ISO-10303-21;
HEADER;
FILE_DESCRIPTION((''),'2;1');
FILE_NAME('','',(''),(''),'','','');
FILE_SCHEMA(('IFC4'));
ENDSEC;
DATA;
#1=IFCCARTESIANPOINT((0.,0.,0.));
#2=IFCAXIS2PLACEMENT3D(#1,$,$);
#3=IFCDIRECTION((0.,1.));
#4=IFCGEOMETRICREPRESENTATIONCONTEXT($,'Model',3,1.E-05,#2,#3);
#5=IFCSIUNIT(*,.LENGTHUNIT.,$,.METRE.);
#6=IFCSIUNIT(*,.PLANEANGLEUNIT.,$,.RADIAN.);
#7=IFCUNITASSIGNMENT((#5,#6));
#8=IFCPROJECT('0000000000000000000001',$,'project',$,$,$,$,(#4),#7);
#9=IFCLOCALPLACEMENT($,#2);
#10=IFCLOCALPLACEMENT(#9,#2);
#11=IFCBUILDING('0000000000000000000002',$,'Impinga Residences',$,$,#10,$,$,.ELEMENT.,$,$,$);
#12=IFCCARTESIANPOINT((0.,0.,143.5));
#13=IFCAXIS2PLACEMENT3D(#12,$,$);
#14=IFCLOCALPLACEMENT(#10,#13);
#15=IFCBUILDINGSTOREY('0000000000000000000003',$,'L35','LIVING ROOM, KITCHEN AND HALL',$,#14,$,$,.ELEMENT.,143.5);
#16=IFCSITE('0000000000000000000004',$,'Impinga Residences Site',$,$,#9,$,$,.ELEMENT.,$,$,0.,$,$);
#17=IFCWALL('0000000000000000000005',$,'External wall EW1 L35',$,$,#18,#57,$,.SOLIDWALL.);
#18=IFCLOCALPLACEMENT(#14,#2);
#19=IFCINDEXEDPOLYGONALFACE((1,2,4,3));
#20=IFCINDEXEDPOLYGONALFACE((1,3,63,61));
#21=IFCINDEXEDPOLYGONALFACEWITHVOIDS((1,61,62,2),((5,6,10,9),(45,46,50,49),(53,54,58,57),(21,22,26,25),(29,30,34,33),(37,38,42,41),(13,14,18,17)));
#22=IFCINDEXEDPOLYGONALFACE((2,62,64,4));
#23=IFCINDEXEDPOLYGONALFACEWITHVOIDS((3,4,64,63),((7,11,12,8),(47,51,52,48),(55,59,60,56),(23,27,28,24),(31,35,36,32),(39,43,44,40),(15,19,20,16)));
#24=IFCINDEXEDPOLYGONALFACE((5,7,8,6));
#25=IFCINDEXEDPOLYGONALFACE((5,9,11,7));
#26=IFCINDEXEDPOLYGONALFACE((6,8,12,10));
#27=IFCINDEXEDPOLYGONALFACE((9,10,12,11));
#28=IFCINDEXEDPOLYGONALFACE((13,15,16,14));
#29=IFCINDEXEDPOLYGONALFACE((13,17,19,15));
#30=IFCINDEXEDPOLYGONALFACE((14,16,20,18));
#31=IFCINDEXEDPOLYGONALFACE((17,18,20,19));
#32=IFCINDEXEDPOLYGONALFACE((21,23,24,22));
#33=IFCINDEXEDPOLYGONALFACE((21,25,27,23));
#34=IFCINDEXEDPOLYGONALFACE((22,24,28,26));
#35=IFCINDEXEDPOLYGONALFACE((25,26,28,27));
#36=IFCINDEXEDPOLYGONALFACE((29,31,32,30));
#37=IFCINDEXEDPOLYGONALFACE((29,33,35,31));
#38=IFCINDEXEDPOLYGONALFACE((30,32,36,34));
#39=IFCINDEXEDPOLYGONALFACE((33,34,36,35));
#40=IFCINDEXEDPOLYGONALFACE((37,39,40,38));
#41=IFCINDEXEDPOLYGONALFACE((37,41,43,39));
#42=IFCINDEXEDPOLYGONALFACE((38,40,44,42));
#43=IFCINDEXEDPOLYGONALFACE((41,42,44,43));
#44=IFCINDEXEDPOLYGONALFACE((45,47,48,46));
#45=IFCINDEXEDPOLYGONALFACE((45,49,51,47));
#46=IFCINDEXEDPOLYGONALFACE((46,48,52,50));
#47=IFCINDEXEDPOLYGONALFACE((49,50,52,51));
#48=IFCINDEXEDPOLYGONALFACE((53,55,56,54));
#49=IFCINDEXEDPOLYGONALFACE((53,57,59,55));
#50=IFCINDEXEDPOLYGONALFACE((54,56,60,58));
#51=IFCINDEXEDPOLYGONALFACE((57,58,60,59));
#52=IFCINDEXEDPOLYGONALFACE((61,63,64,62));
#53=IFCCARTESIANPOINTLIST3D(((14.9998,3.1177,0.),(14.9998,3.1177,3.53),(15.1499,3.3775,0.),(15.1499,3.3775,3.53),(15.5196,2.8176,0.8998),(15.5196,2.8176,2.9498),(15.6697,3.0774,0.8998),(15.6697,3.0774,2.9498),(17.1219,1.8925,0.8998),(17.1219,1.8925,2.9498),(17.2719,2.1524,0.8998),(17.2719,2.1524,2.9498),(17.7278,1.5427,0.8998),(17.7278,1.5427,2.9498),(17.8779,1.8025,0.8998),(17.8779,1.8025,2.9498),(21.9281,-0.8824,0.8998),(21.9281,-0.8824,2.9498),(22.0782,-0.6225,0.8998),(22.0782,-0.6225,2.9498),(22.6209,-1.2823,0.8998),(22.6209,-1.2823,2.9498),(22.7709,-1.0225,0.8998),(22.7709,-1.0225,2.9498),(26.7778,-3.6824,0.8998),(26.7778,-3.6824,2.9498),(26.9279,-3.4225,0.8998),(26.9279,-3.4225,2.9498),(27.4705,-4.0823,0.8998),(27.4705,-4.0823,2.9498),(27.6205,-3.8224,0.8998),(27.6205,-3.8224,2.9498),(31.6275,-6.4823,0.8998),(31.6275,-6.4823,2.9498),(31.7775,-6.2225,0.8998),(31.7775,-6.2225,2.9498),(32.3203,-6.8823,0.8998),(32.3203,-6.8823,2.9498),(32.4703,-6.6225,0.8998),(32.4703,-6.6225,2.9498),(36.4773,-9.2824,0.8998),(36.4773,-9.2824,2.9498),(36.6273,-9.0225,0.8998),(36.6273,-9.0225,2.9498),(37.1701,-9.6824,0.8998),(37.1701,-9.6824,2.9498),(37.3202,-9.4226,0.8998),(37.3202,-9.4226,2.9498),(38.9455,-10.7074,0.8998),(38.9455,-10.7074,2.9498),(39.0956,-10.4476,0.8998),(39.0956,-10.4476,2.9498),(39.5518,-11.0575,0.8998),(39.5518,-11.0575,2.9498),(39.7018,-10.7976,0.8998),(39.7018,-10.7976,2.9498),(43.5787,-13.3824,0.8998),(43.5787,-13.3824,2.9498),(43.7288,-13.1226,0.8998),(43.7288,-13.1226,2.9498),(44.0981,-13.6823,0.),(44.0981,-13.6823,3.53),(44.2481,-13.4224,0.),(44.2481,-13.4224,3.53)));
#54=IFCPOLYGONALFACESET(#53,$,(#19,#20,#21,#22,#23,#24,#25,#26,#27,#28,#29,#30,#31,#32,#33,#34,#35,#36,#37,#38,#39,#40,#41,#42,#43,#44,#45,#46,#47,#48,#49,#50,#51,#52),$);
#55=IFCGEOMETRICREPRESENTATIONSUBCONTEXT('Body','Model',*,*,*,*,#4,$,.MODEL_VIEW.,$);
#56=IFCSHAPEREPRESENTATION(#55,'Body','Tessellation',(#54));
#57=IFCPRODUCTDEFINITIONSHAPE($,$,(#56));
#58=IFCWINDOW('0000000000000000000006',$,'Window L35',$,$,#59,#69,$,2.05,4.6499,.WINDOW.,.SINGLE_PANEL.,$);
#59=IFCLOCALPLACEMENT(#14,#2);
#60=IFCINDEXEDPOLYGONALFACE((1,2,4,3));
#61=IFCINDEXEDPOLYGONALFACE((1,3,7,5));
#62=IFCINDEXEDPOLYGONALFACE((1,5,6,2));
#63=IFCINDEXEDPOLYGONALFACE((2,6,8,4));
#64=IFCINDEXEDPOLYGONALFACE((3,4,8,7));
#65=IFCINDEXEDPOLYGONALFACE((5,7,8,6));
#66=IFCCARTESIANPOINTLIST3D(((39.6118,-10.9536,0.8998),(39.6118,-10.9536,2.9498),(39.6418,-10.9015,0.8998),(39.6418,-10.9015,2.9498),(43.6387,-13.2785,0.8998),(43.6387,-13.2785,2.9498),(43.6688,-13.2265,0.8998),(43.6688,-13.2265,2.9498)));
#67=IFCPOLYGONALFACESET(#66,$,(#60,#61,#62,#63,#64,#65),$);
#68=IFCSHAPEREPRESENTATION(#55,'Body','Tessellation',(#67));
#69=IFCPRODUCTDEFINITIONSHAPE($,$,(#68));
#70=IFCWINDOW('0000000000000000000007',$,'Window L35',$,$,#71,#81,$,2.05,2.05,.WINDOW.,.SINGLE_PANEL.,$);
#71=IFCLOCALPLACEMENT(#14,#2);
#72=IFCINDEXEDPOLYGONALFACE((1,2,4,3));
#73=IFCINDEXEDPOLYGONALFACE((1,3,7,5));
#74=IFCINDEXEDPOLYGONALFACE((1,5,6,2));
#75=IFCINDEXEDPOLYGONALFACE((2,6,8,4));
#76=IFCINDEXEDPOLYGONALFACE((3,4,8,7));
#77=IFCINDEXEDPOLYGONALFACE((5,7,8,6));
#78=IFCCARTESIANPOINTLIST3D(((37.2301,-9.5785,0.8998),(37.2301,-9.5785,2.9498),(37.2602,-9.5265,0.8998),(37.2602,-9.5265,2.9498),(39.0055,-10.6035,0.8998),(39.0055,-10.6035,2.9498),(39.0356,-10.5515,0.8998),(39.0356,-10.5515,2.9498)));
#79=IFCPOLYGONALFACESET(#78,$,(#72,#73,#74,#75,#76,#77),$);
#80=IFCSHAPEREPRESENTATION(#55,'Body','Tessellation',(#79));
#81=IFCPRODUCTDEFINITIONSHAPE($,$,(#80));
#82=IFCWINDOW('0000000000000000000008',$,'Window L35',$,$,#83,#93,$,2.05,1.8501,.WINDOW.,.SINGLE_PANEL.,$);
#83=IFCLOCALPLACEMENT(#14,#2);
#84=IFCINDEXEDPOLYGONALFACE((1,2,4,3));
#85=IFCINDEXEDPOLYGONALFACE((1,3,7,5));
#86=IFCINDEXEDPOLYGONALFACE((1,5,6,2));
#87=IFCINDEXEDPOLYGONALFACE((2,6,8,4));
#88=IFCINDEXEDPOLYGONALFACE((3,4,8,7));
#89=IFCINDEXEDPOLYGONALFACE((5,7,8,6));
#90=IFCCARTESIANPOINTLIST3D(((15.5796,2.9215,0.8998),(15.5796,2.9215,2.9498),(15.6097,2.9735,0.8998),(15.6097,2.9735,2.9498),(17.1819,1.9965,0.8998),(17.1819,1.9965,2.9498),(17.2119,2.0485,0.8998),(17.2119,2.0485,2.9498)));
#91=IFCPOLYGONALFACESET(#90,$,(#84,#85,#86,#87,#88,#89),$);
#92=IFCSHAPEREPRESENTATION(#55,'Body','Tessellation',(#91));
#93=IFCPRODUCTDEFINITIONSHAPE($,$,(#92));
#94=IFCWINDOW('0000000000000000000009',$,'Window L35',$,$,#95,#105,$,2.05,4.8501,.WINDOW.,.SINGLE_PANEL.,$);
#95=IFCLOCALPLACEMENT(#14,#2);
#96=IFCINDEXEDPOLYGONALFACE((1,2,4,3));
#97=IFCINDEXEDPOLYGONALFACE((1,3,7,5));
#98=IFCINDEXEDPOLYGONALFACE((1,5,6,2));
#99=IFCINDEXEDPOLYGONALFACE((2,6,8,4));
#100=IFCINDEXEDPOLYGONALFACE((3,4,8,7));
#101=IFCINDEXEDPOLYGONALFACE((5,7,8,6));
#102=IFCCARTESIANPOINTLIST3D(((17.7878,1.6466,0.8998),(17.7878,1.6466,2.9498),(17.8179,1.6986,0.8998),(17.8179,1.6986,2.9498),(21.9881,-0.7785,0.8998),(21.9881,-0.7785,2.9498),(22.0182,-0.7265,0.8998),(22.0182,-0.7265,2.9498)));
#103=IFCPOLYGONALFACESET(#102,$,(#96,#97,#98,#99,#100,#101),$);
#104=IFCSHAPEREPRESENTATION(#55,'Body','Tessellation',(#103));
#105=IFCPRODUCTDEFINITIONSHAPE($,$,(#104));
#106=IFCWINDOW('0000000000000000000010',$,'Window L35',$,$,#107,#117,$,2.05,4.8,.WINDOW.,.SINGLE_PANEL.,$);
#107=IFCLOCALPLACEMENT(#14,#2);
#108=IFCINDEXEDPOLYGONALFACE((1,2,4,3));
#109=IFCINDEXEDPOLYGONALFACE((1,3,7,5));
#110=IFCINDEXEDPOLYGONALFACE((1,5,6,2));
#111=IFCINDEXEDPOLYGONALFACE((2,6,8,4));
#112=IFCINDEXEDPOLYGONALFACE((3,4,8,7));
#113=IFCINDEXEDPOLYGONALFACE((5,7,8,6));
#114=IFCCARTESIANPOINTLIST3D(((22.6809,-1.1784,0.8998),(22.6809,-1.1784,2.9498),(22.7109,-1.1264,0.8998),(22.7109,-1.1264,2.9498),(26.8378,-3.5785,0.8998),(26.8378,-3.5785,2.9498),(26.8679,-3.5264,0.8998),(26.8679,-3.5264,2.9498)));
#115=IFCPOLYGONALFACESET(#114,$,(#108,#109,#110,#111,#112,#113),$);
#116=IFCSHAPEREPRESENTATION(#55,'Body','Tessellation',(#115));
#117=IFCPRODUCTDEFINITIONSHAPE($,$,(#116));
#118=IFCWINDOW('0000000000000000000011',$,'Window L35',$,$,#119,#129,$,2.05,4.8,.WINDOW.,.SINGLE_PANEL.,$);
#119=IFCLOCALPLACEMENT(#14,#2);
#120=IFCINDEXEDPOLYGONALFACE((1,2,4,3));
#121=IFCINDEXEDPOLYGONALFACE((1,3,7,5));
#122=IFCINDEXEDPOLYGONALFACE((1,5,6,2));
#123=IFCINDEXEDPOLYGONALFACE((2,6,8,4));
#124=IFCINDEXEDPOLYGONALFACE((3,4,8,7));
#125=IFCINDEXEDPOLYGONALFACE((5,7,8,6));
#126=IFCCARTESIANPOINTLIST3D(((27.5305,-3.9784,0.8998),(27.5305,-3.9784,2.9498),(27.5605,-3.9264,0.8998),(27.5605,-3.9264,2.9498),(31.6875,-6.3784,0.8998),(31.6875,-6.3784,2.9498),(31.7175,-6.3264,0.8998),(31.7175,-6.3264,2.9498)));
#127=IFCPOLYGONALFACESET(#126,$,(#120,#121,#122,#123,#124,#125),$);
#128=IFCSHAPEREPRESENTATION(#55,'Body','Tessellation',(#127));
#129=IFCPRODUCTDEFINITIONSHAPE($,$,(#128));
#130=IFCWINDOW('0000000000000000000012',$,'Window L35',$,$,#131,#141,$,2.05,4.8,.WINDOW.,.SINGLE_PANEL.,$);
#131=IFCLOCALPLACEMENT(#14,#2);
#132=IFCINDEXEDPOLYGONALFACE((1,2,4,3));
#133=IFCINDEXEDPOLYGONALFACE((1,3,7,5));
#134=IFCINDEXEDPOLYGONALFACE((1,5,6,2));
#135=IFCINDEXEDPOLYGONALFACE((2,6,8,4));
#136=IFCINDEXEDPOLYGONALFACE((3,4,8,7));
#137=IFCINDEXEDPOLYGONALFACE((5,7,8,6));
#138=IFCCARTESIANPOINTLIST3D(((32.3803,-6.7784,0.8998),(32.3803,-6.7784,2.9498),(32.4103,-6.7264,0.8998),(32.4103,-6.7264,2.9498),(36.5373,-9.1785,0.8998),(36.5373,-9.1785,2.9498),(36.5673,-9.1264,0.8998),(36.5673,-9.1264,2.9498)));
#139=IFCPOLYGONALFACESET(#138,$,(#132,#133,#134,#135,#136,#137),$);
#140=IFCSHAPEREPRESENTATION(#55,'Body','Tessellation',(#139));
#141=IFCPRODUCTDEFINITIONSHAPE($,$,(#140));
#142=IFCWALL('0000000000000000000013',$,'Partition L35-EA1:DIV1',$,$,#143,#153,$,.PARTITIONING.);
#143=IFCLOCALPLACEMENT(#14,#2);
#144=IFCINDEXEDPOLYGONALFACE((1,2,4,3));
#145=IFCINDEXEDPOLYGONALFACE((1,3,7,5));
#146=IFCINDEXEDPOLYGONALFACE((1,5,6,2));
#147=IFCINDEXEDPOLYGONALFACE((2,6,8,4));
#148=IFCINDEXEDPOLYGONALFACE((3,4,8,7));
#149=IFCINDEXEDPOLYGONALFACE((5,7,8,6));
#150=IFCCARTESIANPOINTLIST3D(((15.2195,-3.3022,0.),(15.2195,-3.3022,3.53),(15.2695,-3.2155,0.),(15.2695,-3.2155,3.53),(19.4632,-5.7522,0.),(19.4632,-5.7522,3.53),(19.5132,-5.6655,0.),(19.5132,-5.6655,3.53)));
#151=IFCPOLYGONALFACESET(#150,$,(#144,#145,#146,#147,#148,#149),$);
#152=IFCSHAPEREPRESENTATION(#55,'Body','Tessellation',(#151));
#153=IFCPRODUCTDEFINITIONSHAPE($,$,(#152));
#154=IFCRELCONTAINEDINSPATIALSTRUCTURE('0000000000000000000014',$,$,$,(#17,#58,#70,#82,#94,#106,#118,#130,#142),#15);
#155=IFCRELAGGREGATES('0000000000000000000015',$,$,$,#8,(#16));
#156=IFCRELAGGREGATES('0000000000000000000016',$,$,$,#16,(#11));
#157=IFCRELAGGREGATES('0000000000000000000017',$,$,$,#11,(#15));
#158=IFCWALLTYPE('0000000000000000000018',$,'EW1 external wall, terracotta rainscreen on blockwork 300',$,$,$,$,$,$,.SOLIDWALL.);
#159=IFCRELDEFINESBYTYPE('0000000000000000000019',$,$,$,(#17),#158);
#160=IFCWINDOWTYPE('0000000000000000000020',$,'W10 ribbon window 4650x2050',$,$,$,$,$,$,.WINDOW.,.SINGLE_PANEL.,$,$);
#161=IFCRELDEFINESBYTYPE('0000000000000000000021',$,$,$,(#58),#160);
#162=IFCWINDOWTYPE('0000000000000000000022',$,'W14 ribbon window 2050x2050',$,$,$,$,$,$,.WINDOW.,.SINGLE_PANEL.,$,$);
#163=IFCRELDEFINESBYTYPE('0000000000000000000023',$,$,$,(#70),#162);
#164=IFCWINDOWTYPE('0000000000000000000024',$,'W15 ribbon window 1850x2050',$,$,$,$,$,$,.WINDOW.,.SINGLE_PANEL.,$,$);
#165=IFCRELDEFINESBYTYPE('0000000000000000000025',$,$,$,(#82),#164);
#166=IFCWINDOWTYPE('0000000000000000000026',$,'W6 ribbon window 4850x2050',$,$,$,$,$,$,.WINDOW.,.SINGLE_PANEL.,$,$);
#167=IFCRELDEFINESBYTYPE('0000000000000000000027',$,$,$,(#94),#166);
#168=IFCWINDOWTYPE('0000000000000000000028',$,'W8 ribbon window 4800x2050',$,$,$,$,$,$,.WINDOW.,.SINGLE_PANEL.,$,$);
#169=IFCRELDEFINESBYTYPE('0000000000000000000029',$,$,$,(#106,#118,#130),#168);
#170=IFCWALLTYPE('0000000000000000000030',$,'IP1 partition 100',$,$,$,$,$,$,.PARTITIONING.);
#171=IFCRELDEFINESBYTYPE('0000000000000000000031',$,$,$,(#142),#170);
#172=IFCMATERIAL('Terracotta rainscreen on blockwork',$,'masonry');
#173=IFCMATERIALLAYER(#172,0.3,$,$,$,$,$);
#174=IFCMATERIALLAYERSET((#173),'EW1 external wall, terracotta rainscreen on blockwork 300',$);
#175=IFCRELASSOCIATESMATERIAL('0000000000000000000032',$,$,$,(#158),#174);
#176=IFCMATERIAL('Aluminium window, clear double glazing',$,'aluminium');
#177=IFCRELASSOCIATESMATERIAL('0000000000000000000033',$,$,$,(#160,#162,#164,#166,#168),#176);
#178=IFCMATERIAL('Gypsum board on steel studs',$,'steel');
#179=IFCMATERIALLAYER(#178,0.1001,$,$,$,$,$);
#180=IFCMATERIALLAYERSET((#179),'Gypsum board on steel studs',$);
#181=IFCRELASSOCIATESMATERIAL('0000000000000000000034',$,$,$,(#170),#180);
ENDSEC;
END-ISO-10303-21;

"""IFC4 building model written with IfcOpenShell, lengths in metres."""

from ifc_helpers import new_model, si_unit, direction, frame, frame_2d, origin, place, context, subcontext, project, spatial, rectangle, extrude, material, layer, layer_set, type_object, element, fill, save


model = new_model("IFC4")

# Units and contexts
model_context = context("Model", 3, precision=1e-05, world=origin(), true_north=direction((0.0, 1.0)))
body_context = subcontext(model_context, "Body", "Model", "MODEL_VIEW")
ifc_project = project(units=[si_unit("LENGTHUNIT", "METRE"), si_unit("PLANEANGLEUNIT", "RADIAN")], contexts=[model_context])

# Site, building, storey
site_placement = place(None, origin())
site = spatial("IfcSite", under=ifc_project, at=site_placement, Name="Impinga Residences Site", CompositionType="ELEMENT", RefElevation=0.0)
building_placement = place(site_placement, origin())
building = spatial("IfcBuilding", under=site, at=building_placement, Name="Impinga Residences", CompositionType="ELEMENT")
storey_placement = place(building_placement, frame((0.0, 0.0, 143.5)))
storey = spatial("IfcBuildingStorey", under=building, at=storey_placement, Name="L35", Description="LIVING ROOM, KITCHEN AND HALL", CompositionType="ELEMENT", Elevation=143.5)

# Shared definitions
ifc_material_1 = material(Name="Terracotta rainscreen on blockwork", Category="masonry")
ifc_layer_1 = layer(ifc_material_1, 0.3)
ifc_layer_set_1 = layer_set([ifc_layer_1], Name="EW1 external wall, terracotta rainscreen on blockwork 300")
wall_type_1 = type_object("IfcWallType", Name="EW1 external wall, terracotta rainscreen on blockwork 300", PredefinedType="SOLIDWALL", material=ifc_layer_set_1)

# Wall, openings, windows
wall_1_placement = place(storey_placement, frame((15.075, 3.2476, 0.0), z_axis=(0.0, 0.0, 1.0), x_axis=(0.866024, -0.500002, 0.0)))
wall_1 = element("IfcWall", 1, at=wall_1_placement, inside=storey, type_object=wall_type_1, Name="External wall EW1 L35", PredefinedType="SOLIDWALL", context=body_context, shape_type="SweptSolid", body=[
    extrude(rectangle(XDim=33.5999, YDim=0.3, at=frame_2d((16.7998, 0.0))), origin(), (0.0, 0.0, 1.0), 3.53),
])
opening_1_placement = place(wall_1_placement, frame((0.6001, 0.0, 0.8999)))
opening_1 = element("IfcOpeningElement", 2, at=opening_1_placement, cuts=wall_1, PredefinedType="OPENING", context=body_context, shape_type="SweptSolid", body=[
    extrude(rectangle(XDim=1.8501, YDim=2.05, at=frame_2d((0.925, 1.0249))), frame((0.0, 0.1599, 0.0), z_axis=(0.0, -1.0, 0.0), x_axis=(1.0, 0.0, 0.0)), (0.0, 0.0, 1.0), 0.3201),
])
opening_2_placement = place(wall_1_placement, frame((3.1499, 0.0, 0.8999)))
opening_2 = element("IfcOpeningElement", 3, at=opening_2_placement, cuts=wall_1, PredefinedType="OPENING", context=body_context, shape_type="SweptSolid", body=[
    extrude(rectangle(XDim=4.8501, YDim=2.05, at=frame_2d((2.425, 1.0249))), frame((0.0, 0.1599, 0.0), z_axis=(0.0, -1.0, 0.0), x_axis=(1.0, 0.0, 0.0)), (0.0, 0.0, 1.0), 0.3201),
])
opening_3_placement = place(wall_1_placement, frame((8.8, 0.0, 0.8999)))
opening_3 = element("IfcOpeningElement", 4, at=opening_3_placement, cuts=wall_1, PredefinedType="OPENING", context=body_context, shape_type="SweptSolid", body=[
    extrude(rectangle(XDim=4.8, YDim=2.05, at=frame_2d((2.3999, 1.0249))), frame((0.0, 0.1599, 0.0), z_axis=(0.0, -1.0, 0.0), x_axis=(1.0, 0.0, 0.0)), (0.0, 0.0, 1.0), 0.3201),
])
opening_4_placement = place(wall_1_placement, frame((14.3999, 0.0, 0.8999)))
opening_4 = element("IfcOpeningElement", 5, at=opening_4_placement, cuts=wall_1, PredefinedType="OPENING", context=body_context, shape_type="SweptSolid", body=[
    extrude(rectangle(XDim=4.8, YDim=2.05, at=frame_2d((2.3999, 1.0249))), frame((0.0, 0.1599, 0.0), z_axis=(0.0, -1.0, 0.0), x_axis=(1.0, 0.0, 0.0)), (0.0, 0.0, 1.0), 0.3201),
])
opening_5_placement = place(wall_1_placement, frame((20.0, 0.0, 0.8999)))
opening_5 = element("IfcOpeningElement", 6, at=opening_5_placement, cuts=wall_1, PredefinedType="OPENING", context=body_context, shape_type="SweptSolid", body=[
    extrude(rectangle(XDim=4.8, YDim=2.05, at=frame_2d((2.3999, 1.0249))), frame((0.0, 0.1599, 0.0), z_axis=(0.0, -1.0, 0.0), x_axis=(1.0, 0.0, 0.0)), (0.0, 0.0, 1.0), 0.3201),
])
opening_6_placement = place(wall_1_placement, frame((25.6001, 0.0, 0.8999)))
opening_6 = element("IfcOpeningElement", 7, at=opening_6_placement, cuts=wall_1, PredefinedType="OPENING", context=body_context, shape_type="SweptSolid", body=[
    extrude(rectangle(XDim=2.05, YDim=2.05, at=frame_2d((1.0249, 1.0249))), frame((0.0, 0.1599, 0.0), z_axis=(0.0, -1.0, 0.0), x_axis=(1.0, 0.0, 0.0)), (0.0, 0.0, 1.0), 0.3201),
])
opening_7_placement = place(wall_1_placement, frame((28.3501, 0.0, 0.8999)))
opening_7 = element("IfcOpeningElement", 8, at=opening_7_placement, cuts=wall_1, PredefinedType="OPENING", context=body_context, shape_type="SweptSolid", body=[
    extrude(rectangle(XDim=4.6499, YDim=2.05, at=frame_2d((2.325, 1.0249))), frame((0.0, 0.1599, 0.0), z_axis=(0.0, -1.0, 0.0), x_axis=(1.0, 0.0, 0.0)), (0.0, 0.0, 1.0), 0.3201),
])
ifc_material_2 = material(Name="Aluminium window, clear double glazing", Category="aluminium")
window_type_1 = type_object("IfcWindowType", Name="W10 ribbon window 4650x2050", PartitioningType="SINGLE_PANEL", PredefinedType="WINDOW", material=ifc_material_2)
window_1_placement = place(opening_7_placement, origin())
window_1 = element("IfcWindow", 9, at=window_1_placement, inside=storey, type_object=window_type_1, Name="Window L35", OverallHeight=2.05, OverallWidth=4.6499, PartitioningType="SINGLE_PANEL", PredefinedType="WINDOW", context=body_context, shape_type="SweptSolid", body=[
    extrude(rectangle(XDim=4.6499, YDim=2.05, at=frame_2d((2.325, 1.0249))), frame((0.0, 0.03, 0.0), z_axis=(0.0, -1.0, 0.0), x_axis=(1.0, 0.0, 0.0)), (0.0, 0.0, 1.0), 0.0601),
])
fill(opening_7, window_1)
window_type_2 = type_object("IfcWindowType", Name="W14 ribbon window 2050x2050", PartitioningType="SINGLE_PANEL", PredefinedType="WINDOW", material=ifc_material_2)
window_2_placement = place(opening_6_placement, origin())
window_2 = element("IfcWindow", 10, at=window_2_placement, inside=storey, type_object=window_type_2, Name="Window L35", OverallHeight=2.05, OverallWidth=2.05, PartitioningType="SINGLE_PANEL", PredefinedType="WINDOW", context=body_context, shape_type="SweptSolid", body=[
    extrude(rectangle(XDim=2.05, YDim=2.05, at=frame_2d((1.0249, 1.0249))), frame((0.0, 0.03, 0.0), z_axis=(0.0, -1.0, 0.0), x_axis=(1.0, 0.0, 0.0)), (0.0, 0.0, 1.0), 0.0601),
])
fill(opening_6, window_2)
window_type_3 = type_object("IfcWindowType", Name="W15 ribbon window 1850x2050", PartitioningType="SINGLE_PANEL", PredefinedType="WINDOW", material=ifc_material_2)
window_3_placement = place(opening_1_placement, origin())
window_3 = element("IfcWindow", 11, at=window_3_placement, inside=storey, type_object=window_type_3, Name="Window L35", OverallHeight=2.05, OverallWidth=1.8501, PartitioningType="SINGLE_PANEL", PredefinedType="WINDOW", context=body_context, shape_type="SweptSolid", body=[
    extrude(rectangle(XDim=1.8501, YDim=2.05, at=frame_2d((0.925, 1.0249))), frame((0.0, 0.03, 0.0), z_axis=(0.0, -1.0, 0.0), x_axis=(1.0, 0.0, 0.0)), (0.0, 0.0, 1.0), 0.0601),
])
fill(opening_1, window_3)
window_type_4 = type_object("IfcWindowType", Name="W6 ribbon window 4850x2050", PartitioningType="SINGLE_PANEL", PredefinedType="WINDOW", material=ifc_material_2)
window_4_placement = place(opening_2_placement, origin())
window_4 = element("IfcWindow", 12, at=window_4_placement, inside=storey, type_object=window_type_4, Name="Window L35", OverallHeight=2.05, OverallWidth=4.8501, PartitioningType="SINGLE_PANEL", PredefinedType="WINDOW", context=body_context, shape_type="SweptSolid", body=[
    extrude(rectangle(XDim=4.8501, YDim=2.05, at=frame_2d((2.425, 1.0249))), frame((0.0, 0.03, 0.0), z_axis=(0.0, -1.0, 0.0), x_axis=(1.0, 0.0, 0.0)), (0.0, 0.0, 1.0), 0.0601),
])
fill(opening_2, window_4)
window_type_5 = type_object("IfcWindowType", Name="W8 ribbon window 4800x2050", PartitioningType="SINGLE_PANEL", PredefinedType="WINDOW", material=ifc_material_2)
window_5_placement = place(opening_3_placement, origin())
window_5 = element("IfcWindow", 13, at=window_5_placement, inside=storey, type_object=window_type_5, Name="Window L35", OverallHeight=2.05, OverallWidth=4.8, PartitioningType="SINGLE_PANEL", PredefinedType="WINDOW", context=body_context, shape_type="SweptSolid", body=[
    extrude(rectangle(XDim=4.8, YDim=2.05, at=frame_2d((2.3999, 1.0249))), frame((0.0, 0.03, 0.0), z_axis=(0.0, -1.0, 0.0), x_axis=(1.0, 0.0, 0.0)), (0.0, 0.0, 1.0), 0.0601),
])
fill(opening_3, window_5)
window_6_placement = place(opening_4_placement, origin())
window_6 = element("IfcWindow", 14, at=window_6_placement, inside=storey, type_object=window_type_5, Name="Window L35", OverallHeight=2.05, OverallWidth=4.8, PartitioningType="SINGLE_PANEL", PredefinedType="WINDOW", context=body_context, shape_type="SweptSolid", body=[
    extrude(rectangle(XDim=4.8, YDim=2.05, at=frame_2d((2.3999, 1.0249))), frame((0.0, 0.03, 0.0), z_axis=(0.0, -1.0, 0.0), x_axis=(1.0, 0.0, 0.0)), (0.0, 0.0, 1.0), 0.0601),
])
fill(opening_4, window_6)
window_7_placement = place(opening_5_placement, origin())
window_7 = element("IfcWindow", 15, at=window_7_placement, inside=storey, type_object=window_type_5, Name="Window L35", OverallHeight=2.05, OverallWidth=4.8, PartitioningType="SINGLE_PANEL", PredefinedType="WINDOW", context=body_context, shape_type="SweptSolid", body=[
    extrude(rectangle(XDim=4.8, YDim=2.05, at=frame_2d((2.3999, 1.0249))), frame((0.0, 0.03, 0.0), z_axis=(0.0, -1.0, 0.0), x_axis=(1.0, 0.0, 0.0)), (0.0, 0.0, 1.0), 0.0601),
])
fill(opening_5, window_7)

# Wall
ifc_material_3 = material(Name="Gypsum board on steel studs", Category="steel")
ifc_layer_2 = layer(ifc_material_3, 0.1001)
ifc_layer_set_2 = layer_set([ifc_layer_2], Name="Gypsum board on steel studs")
wall_type_2 = type_object("IfcWallType", Name="IP1 partition 100", PredefinedType="PARTITIONING", material=ifc_layer_set_2)
wall_2_placement = place(storey_placement, frame((15.2444, -3.2588, 0.0), z_axis=(0.0, 0.0, 1.0), x_axis=(0.866036, -0.499981, 0.0)))
element("IfcWall", 16, at=wall_2_placement, inside=storey, type_object=wall_type_2, Name="Partition L35-EA1:DIV1", PredefinedType="PARTITIONING", context=body_context, shape_type="SweptSolid", body=[
    extrude(rectangle(XDim=4.9001, YDim=0.1001, at=frame_2d((2.4502, 0.0))), origin(), (0.0, 0.0, 1.0), 3.53),
])

save(model, "model.ifc")
